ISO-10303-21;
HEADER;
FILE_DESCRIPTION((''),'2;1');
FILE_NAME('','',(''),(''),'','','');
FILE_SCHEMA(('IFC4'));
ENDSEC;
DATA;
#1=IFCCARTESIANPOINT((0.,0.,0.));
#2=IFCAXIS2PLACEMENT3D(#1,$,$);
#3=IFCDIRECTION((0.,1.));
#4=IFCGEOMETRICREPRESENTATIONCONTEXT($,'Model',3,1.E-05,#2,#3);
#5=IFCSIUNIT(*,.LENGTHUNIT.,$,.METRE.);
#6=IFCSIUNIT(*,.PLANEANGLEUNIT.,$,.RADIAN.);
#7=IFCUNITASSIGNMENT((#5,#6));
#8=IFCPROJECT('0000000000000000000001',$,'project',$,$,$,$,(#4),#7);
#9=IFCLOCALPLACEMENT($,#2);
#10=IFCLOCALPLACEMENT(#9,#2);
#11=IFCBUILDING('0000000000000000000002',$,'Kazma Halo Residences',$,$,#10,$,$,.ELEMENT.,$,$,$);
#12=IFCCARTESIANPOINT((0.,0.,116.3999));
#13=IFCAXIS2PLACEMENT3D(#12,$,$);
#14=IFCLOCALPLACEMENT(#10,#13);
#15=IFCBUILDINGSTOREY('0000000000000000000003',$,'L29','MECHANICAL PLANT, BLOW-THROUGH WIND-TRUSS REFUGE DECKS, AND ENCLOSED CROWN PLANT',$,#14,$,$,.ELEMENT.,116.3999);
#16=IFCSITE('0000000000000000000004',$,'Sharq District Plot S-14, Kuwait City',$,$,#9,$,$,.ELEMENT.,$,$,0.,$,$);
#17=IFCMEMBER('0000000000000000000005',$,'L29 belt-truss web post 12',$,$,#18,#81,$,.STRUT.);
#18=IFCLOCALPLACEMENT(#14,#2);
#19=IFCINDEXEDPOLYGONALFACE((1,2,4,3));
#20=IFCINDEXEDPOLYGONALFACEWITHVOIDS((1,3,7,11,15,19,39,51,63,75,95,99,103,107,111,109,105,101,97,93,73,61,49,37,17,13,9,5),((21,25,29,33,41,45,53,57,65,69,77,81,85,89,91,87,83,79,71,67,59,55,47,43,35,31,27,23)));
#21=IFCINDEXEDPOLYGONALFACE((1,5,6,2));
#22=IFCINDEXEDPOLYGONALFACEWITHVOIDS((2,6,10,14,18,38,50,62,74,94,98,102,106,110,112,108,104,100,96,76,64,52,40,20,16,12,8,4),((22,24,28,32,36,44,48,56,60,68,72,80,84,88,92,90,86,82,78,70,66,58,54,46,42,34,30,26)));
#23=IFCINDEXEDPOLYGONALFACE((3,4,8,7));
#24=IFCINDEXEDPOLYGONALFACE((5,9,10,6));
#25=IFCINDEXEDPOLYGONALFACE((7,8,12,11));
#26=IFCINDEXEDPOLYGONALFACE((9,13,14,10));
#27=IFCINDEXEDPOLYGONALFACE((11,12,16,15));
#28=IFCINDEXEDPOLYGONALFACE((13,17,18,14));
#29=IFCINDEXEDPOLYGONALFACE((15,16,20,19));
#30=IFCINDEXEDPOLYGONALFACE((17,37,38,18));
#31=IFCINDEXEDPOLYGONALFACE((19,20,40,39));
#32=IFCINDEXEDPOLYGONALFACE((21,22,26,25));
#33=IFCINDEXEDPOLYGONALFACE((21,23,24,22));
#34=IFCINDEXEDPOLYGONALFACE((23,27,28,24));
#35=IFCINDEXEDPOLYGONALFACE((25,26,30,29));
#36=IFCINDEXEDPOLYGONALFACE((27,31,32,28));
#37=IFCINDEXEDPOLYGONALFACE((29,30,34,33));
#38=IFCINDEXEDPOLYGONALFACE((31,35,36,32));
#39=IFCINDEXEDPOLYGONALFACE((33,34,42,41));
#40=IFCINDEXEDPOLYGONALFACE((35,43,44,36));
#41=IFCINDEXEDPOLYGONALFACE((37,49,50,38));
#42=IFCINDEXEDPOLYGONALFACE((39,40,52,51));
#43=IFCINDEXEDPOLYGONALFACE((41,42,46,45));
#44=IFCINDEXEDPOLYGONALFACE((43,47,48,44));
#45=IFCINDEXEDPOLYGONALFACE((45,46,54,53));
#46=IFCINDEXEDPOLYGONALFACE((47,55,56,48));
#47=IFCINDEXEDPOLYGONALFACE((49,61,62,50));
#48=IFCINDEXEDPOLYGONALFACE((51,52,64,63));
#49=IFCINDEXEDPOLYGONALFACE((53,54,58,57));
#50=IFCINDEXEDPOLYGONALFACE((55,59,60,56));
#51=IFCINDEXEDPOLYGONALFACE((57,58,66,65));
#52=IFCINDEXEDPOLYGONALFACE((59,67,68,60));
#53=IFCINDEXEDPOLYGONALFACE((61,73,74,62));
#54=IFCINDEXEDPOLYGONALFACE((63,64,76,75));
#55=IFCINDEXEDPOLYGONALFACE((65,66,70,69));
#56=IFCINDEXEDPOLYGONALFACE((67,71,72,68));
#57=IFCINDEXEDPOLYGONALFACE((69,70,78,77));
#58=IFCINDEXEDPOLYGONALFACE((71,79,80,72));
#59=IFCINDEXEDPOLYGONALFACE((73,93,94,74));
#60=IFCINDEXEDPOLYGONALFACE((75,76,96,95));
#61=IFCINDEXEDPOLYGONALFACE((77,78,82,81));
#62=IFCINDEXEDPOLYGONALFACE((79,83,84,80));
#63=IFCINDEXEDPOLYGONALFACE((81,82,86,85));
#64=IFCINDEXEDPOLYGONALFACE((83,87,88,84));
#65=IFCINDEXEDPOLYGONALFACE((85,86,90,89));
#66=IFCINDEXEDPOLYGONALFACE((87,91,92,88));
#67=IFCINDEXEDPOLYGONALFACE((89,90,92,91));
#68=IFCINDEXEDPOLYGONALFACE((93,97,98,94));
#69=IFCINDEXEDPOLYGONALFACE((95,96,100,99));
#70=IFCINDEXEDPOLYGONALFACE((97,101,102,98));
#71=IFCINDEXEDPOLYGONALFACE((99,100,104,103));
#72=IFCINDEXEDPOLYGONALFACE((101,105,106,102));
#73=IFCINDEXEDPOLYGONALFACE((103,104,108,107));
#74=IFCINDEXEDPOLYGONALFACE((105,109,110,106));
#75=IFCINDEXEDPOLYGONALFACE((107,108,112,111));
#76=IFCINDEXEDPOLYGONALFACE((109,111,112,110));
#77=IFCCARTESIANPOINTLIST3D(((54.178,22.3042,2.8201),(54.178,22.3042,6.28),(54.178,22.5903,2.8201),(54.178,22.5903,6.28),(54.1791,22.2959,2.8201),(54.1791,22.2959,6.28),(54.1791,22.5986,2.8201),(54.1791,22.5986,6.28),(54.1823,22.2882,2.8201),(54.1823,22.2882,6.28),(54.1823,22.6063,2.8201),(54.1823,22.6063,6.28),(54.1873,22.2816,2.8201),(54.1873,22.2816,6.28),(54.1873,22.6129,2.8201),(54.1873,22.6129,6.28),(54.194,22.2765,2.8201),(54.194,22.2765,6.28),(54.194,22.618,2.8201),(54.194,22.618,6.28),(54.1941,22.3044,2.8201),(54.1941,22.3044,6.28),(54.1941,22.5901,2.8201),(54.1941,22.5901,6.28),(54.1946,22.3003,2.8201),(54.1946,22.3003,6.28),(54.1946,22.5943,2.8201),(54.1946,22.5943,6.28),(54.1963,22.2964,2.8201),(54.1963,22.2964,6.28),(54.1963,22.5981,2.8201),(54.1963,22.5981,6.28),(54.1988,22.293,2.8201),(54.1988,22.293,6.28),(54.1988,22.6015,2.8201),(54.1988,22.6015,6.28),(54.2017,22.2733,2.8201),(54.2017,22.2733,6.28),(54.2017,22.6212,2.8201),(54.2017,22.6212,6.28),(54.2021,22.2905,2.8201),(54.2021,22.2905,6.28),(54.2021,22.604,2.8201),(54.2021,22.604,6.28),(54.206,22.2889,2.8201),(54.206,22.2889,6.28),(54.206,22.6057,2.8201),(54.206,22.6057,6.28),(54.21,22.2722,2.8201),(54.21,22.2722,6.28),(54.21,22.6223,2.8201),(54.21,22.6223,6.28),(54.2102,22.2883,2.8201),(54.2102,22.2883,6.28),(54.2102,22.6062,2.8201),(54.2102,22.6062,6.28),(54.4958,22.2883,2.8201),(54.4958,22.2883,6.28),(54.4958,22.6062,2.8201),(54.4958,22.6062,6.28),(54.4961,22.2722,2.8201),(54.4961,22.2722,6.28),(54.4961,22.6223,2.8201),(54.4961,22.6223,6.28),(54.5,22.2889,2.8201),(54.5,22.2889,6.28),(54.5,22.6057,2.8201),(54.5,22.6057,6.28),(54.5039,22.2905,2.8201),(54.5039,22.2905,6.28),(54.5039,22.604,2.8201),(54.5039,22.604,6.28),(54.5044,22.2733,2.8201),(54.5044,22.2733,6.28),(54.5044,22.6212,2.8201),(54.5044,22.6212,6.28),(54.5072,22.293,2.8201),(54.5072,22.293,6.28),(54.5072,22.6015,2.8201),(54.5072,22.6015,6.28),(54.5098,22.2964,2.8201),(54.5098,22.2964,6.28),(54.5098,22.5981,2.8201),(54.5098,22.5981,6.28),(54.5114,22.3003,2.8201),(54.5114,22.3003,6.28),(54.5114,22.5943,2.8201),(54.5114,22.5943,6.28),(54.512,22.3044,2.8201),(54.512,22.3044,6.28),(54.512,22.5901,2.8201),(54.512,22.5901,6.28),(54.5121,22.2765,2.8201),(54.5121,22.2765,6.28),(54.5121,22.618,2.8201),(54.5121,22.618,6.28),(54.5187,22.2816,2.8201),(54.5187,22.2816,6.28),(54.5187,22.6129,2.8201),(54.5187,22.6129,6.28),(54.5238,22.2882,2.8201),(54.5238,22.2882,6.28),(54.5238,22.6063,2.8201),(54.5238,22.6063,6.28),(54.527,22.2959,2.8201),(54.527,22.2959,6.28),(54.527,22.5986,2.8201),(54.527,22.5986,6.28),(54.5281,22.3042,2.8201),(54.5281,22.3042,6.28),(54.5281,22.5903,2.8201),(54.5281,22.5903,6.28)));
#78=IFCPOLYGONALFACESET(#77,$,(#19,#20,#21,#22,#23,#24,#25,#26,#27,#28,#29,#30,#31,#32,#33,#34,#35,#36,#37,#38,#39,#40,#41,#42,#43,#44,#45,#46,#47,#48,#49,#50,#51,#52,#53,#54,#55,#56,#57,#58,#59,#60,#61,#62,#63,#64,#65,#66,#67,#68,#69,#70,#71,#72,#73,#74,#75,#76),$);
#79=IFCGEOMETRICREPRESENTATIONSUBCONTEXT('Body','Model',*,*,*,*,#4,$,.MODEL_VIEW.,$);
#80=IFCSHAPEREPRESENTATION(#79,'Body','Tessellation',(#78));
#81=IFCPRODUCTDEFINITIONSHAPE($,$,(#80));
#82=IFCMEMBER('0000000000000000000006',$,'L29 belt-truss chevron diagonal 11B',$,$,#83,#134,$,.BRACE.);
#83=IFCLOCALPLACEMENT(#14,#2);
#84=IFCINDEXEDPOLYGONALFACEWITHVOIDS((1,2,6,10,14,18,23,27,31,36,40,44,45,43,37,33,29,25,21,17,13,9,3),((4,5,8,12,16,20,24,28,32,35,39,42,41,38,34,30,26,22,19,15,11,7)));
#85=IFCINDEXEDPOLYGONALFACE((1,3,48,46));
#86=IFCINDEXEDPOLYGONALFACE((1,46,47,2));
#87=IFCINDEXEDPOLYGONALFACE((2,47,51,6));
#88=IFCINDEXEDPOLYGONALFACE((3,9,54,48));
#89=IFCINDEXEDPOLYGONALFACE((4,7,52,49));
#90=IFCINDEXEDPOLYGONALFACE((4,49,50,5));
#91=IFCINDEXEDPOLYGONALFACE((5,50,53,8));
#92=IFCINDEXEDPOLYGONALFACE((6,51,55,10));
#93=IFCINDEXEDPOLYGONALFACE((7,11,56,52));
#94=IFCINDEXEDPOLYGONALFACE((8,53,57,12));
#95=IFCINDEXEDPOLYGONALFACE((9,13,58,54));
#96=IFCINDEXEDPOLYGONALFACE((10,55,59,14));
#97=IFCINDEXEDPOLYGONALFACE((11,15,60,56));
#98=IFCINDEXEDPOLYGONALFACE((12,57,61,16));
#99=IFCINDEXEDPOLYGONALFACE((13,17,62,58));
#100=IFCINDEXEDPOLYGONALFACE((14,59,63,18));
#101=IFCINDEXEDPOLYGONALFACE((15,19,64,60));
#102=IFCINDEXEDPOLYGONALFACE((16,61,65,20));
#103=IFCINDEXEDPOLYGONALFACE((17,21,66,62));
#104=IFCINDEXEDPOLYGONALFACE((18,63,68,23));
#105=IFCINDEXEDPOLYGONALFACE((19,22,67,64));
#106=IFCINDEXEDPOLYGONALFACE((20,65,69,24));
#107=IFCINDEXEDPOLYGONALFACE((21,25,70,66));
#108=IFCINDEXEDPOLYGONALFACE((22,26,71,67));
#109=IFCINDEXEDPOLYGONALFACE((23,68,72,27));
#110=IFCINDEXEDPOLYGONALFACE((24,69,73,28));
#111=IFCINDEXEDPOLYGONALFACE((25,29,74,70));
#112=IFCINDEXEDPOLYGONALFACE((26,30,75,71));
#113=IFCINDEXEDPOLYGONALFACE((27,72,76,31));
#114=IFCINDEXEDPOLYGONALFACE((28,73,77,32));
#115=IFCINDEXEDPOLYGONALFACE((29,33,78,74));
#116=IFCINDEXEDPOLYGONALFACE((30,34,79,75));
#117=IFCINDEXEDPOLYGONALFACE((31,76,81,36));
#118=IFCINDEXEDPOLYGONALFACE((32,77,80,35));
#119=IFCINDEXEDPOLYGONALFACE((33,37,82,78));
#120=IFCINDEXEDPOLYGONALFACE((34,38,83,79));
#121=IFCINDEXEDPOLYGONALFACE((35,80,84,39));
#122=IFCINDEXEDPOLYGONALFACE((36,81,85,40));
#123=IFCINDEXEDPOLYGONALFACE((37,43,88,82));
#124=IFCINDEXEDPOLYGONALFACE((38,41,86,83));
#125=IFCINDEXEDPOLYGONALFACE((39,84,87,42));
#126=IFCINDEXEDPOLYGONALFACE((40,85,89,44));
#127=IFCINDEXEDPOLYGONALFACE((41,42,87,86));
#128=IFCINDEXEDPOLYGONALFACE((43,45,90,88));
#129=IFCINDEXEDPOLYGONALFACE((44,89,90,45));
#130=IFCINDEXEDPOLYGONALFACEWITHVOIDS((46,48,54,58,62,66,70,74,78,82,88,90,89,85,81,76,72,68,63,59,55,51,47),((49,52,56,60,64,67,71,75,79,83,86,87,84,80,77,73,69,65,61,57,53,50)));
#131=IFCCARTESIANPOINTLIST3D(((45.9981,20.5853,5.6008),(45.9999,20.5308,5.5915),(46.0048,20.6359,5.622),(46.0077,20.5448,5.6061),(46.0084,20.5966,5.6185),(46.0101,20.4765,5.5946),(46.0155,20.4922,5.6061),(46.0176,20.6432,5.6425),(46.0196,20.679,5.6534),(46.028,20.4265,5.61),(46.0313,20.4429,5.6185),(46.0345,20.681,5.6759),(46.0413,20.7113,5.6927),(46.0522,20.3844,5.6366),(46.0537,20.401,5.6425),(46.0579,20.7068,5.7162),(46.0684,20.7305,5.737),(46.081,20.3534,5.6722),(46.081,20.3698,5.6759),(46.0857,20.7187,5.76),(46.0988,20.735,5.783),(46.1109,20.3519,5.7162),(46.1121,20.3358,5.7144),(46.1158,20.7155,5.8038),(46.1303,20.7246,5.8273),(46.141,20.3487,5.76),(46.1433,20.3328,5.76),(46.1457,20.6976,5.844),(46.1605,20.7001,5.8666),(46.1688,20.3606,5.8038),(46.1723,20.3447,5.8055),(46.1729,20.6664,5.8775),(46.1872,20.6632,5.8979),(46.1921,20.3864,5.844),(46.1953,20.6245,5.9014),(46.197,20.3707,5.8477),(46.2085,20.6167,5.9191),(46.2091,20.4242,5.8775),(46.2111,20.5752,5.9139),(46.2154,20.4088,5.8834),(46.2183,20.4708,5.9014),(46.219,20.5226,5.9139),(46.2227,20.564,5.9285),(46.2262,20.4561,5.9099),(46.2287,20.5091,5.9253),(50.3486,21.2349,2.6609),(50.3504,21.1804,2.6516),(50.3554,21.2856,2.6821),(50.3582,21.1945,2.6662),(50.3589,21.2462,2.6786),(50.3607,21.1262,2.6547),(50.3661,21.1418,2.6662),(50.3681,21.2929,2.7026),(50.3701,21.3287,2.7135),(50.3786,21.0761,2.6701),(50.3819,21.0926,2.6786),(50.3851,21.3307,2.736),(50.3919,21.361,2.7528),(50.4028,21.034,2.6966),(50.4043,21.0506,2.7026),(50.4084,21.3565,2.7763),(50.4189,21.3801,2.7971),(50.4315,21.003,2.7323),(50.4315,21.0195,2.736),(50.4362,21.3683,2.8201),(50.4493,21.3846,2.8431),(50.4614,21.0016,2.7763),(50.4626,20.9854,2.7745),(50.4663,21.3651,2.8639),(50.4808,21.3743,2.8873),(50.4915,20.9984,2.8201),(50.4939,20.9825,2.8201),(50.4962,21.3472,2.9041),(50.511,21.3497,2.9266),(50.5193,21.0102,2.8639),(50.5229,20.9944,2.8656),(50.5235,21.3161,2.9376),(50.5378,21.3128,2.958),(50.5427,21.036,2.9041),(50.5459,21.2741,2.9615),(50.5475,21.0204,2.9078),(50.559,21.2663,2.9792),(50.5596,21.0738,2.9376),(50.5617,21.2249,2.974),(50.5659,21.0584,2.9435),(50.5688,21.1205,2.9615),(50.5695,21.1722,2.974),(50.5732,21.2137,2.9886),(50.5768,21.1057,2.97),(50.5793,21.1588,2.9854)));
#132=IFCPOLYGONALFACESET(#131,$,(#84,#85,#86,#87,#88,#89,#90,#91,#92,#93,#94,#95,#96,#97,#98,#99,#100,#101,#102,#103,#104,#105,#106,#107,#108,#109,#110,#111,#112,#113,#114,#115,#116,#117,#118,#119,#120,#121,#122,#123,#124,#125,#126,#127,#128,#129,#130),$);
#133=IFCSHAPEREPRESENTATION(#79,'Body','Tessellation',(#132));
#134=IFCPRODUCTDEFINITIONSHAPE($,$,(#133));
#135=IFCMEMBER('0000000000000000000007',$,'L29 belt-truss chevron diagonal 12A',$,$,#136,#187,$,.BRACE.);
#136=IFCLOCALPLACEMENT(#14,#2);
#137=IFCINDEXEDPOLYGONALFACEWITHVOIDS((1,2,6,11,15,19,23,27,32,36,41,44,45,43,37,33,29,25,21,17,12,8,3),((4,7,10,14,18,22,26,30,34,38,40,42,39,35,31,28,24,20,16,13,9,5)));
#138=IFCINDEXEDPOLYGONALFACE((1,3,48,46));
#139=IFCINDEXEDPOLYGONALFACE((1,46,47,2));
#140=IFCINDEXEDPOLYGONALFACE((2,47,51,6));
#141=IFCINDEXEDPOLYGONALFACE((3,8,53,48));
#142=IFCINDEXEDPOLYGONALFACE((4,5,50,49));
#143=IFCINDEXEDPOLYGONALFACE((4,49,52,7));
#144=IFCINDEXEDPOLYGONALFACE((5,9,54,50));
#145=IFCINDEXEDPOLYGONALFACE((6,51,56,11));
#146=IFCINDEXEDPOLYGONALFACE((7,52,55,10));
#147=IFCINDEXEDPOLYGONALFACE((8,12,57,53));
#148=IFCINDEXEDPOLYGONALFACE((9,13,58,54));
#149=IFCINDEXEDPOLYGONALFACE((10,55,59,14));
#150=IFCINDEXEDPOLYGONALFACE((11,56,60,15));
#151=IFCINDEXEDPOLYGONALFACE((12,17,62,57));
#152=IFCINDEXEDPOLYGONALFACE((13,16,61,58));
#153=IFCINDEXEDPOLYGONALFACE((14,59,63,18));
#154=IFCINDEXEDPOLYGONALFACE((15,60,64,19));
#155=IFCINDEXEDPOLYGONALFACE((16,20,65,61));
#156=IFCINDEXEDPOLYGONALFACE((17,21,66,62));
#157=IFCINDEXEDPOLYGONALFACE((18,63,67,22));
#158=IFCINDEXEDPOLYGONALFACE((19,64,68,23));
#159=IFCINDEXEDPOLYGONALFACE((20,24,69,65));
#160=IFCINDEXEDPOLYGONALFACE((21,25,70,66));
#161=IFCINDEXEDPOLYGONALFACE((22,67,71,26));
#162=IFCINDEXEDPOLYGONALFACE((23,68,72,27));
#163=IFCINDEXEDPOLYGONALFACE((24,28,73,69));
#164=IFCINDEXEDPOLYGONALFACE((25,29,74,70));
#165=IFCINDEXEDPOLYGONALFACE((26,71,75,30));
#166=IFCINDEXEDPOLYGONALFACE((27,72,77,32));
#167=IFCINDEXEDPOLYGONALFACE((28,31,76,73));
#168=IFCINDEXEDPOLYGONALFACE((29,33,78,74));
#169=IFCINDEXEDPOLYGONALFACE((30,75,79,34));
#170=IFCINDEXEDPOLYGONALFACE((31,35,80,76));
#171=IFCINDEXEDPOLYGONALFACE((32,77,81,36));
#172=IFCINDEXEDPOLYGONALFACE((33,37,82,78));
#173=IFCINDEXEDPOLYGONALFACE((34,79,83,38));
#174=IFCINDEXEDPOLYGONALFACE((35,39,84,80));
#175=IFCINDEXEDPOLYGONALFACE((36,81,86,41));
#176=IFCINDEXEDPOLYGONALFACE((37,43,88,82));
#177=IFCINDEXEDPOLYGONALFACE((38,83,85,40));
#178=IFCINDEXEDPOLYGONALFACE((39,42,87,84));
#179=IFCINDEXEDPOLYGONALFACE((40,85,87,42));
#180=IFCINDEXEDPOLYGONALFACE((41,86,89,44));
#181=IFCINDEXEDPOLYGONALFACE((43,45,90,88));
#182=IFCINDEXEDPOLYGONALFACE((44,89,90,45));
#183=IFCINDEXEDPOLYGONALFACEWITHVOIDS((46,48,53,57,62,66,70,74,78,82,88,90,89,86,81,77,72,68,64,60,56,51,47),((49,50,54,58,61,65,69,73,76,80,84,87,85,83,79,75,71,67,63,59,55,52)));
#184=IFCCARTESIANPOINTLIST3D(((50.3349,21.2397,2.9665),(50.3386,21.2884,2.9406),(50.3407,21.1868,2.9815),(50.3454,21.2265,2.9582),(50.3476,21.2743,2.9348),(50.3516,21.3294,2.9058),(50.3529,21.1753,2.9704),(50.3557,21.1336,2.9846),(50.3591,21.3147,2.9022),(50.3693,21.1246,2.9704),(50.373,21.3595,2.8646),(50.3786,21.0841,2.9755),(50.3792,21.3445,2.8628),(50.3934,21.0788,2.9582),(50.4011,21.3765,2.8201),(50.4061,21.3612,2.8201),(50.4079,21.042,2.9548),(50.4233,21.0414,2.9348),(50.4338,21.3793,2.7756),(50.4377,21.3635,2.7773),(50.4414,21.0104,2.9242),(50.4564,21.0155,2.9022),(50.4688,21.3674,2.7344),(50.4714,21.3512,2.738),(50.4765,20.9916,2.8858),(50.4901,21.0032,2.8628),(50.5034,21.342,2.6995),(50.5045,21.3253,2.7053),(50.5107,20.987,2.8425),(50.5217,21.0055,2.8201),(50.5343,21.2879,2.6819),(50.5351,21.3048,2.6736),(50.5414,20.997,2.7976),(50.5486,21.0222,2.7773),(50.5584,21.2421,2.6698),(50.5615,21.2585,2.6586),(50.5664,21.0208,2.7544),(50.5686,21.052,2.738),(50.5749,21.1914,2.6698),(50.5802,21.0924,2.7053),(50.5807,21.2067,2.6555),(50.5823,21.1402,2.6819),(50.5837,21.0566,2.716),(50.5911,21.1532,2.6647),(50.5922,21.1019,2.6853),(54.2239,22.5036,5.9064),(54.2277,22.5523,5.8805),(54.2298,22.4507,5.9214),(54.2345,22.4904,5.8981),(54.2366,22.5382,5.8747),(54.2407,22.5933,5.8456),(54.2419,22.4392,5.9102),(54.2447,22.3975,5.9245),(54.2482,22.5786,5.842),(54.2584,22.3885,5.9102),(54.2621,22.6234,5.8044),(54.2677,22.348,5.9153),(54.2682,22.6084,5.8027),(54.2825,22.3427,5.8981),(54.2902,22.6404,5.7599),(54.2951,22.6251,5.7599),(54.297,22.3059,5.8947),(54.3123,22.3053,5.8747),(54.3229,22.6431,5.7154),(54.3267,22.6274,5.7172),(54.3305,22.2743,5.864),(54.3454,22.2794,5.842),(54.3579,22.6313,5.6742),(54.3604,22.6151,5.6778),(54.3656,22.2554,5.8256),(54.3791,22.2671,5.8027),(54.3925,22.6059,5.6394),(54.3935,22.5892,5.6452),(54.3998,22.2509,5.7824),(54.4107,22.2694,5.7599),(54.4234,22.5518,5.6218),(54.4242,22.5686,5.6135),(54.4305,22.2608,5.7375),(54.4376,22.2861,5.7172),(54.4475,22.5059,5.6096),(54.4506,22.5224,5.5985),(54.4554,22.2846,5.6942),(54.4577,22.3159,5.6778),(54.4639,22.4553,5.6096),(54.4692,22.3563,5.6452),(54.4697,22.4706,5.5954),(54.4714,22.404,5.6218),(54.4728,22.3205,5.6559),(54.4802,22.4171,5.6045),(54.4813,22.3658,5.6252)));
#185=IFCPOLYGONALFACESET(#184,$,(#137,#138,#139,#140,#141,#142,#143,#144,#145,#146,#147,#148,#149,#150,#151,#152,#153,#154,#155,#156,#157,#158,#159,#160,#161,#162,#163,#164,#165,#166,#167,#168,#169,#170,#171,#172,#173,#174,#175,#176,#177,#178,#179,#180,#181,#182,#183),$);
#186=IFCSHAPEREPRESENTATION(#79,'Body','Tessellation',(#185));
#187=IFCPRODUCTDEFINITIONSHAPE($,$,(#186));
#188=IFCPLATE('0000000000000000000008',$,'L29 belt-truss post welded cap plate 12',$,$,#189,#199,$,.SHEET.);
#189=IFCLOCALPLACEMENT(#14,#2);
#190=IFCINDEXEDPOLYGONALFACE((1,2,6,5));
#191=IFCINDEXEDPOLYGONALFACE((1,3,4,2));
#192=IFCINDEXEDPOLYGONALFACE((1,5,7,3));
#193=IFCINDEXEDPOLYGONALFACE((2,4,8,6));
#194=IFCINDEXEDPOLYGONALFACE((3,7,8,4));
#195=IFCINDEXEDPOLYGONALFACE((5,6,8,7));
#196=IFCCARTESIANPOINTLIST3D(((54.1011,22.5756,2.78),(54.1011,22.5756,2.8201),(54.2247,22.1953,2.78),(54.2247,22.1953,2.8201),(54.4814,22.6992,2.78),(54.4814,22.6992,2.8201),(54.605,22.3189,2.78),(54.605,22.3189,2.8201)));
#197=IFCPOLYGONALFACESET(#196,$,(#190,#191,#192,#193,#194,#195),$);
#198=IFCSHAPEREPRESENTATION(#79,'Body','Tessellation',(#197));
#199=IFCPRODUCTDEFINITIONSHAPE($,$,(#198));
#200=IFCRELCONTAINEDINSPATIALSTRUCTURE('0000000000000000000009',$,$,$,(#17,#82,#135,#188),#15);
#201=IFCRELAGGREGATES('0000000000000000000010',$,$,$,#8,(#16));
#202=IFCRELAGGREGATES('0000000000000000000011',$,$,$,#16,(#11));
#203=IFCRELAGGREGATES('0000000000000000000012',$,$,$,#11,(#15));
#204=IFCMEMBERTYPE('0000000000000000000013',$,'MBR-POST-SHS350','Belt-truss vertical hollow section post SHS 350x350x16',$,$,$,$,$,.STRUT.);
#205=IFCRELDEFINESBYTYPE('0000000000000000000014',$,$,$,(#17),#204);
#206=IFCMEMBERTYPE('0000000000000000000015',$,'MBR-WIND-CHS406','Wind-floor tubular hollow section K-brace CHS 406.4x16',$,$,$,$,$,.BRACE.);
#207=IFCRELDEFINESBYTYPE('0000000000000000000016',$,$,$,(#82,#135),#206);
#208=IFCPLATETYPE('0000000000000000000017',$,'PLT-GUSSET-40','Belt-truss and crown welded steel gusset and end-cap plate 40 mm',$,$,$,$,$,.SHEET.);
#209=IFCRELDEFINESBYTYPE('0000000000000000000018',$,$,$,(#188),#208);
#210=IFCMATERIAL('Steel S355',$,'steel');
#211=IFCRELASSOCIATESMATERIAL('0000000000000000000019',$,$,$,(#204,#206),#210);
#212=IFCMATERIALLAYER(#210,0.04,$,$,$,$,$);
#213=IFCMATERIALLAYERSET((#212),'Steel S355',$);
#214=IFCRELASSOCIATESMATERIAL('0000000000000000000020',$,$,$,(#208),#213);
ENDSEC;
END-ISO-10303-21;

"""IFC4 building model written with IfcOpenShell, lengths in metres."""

from ifc_helpers import new_model, si_unit, direction, frame, origin, origin_2d, place, context, subcontext, project, spatial, rectangle, hollow_rectangle, hollow_circle, extrude, material, layer, layer_set, material_profile, profile_set, type_object, element, save


model = new_model("IFC4")

# Units and contexts
model_context = context("Model", 3, precision=1e-05, world=origin(), true_north=direction((0.0, 1.0)))
body_context = subcontext(model_context, "Body", "Model", "MODEL_VIEW")
ifc_project = project(units=[si_unit("LENGTHUNIT", "METRE"), si_unit("PLANEANGLEUNIT", "RADIAN")], contexts=[model_context])

# Site, building, storey
site_placement = place(None, origin())
site = spatial("IfcSite", under=ifc_project, at=site_placement, Name="Sharq District Plot S-14, Kuwait City", CompositionType="ELEMENT", RefElevation=0.0)
building_placement = place(site_placement, origin())
building = spatial("IfcBuilding", under=site, at=building_placement, Name="Kazma Halo Residences", CompositionType="ELEMENT")
storey_placement = place(building_placement, frame((0.0, 0.0, 116.3999)))
storey = spatial("IfcBuildingStorey", under=building, at=storey_placement, Name="L29", Description="MECHANICAL PLANT, BLOW-THROUGH WIND-TRUSS REFUGE DECKS, AND ENCLOSED CROWN PLANT", CompositionType="ELEMENT", Elevation=116.3999)

# Shared definitions
ifc_material_1 = material(Name="Steel S355", Category="steel")

# Members
ifc_material_profile_1 = material_profile(ifc_material_1, hollow_rectangle(XDim=0.3501, YDim=0.3501, WallThickness=0.0161, InnerFilletRadius=0.0161, OuterFilletRadius=0.032, at=origin_2d()), Name="SHS350x350x16")
ifc_profile_set_1 = profile_set([ifc_material_profile_1], Name="Steel S355")
member_type_1 = type_object("IfcMemberType", Name="MBR-POST-SHS350", Description="Belt-truss vertical hollow section post SHS 350x350x16", PredefinedType="STRUT", material=ifc_profile_set_1)
member_1_placement = place(storey_placement, frame((54.353, 22.4473, 2.8201), z_axis=(0.0, 0.0, 1.0), x_axis=(1.0, 0.0, 0.0)))
element("IfcMember", 1, at=member_1_placement, inside=storey, type_object=member_type_1, Name="L29 belt-truss web post 12", PredefinedType="STRUT", context=body_context, shape_type="SweptSolid", body=[
    extrude(hollow_rectangle(XDim=0.3501, YDim=0.3501, WallThickness=0.0161, InnerFilletRadius=0.0161, OuterFilletRadius=0.032, at=origin_2d()), origin(), (0.0, 0.0, 1.0), 3.46),
])
ifc_material_profile_2 = material_profile(ifc_material_1, hollow_circle(Radius=0.2031, WallThickness=0.0161, at=origin_2d()), Name="CHS406.4x16")
ifc_profile_set_2 = profile_set([ifc_material_profile_2], Name="Steel S355")
member_type_2 = type_object("IfcMemberType", Name="MBR-WIND-CHS406", Description="Wind-floor tubular hollow section K-brace CHS 406.4x16", PredefinedType="BRACE", material=ifc_profile_set_2)
member_2_placement = place(storey_placement, frame((50.4639, 21.1833, 2.8201), z_axis=(-0.822288, -0.122789, 0.555667), x_axis=(0.147689, -0.989034, 0.0)))
element("IfcMember", 2, at=member_2_placement, inside=storey, type_object=member_type_2, Name="L29 belt-truss chevron diagonal 11B", PredefinedType="BRACE", context=body_context, shape_type="SweptSolid", body=[
    extrude(hollow_circle(Radius=0.2031, WallThickness=0.0161, at=origin_2d()), origin(), (0.0, 0.0, 1.0), 5.2908),
])
member_3_placement = place(storey_placement, frame((50.4639, 21.1833, 2.8201), z_axis=(0.772195, 0.250951, 0.583727), x_axis=(-0.309073, 0.951038, 0.0)))
element("IfcMember", 3, at=member_3_placement, inside=storey, type_object=member_type_2, Name="L29 belt-truss chevron diagonal 12A", PredefinedType="BRACE", context=body_context, shape_type="SweptSolid", body=[
    extrude(hollow_circle(Radius=0.2031, WallThickness=0.0161, at=origin_2d()), origin(), (0.0, 0.0, 1.0), 5.0364),
])

# Plate
ifc_layer_1 = layer(ifc_material_1, 0.04)
ifc_layer_set_1 = layer_set([ifc_layer_1], Name="Steel S355")
plate_type = type_object("IfcPlateType", Name="PLT-GUSSET-40", Description="Belt-truss and crown welded steel gusset and end-cap plate 40 mm", PredefinedType="SHEET", material=ifc_layer_set_1)
plate_1_placement = place(storey_placement, frame((54.353, 22.4473, 2.78), z_axis=(0.0, 0.0, 1.0), x_axis=(0.951054, 0.309026, 0.0)))
element("IfcPlate", 4, at=plate_1_placement, inside=storey, type_object=plate_type, Name="L29 belt-truss post welded cap plate 12", PredefinedType="SHEET", context=body_context, shape_type="SweptSolid", body=[
    extrude(rectangle(XDim=0.3999, YDim=0.3999, at=origin_2d()), origin(), (0.0, 0.0, 1.0), 0.04),
])

save(model, "model.ifc")
